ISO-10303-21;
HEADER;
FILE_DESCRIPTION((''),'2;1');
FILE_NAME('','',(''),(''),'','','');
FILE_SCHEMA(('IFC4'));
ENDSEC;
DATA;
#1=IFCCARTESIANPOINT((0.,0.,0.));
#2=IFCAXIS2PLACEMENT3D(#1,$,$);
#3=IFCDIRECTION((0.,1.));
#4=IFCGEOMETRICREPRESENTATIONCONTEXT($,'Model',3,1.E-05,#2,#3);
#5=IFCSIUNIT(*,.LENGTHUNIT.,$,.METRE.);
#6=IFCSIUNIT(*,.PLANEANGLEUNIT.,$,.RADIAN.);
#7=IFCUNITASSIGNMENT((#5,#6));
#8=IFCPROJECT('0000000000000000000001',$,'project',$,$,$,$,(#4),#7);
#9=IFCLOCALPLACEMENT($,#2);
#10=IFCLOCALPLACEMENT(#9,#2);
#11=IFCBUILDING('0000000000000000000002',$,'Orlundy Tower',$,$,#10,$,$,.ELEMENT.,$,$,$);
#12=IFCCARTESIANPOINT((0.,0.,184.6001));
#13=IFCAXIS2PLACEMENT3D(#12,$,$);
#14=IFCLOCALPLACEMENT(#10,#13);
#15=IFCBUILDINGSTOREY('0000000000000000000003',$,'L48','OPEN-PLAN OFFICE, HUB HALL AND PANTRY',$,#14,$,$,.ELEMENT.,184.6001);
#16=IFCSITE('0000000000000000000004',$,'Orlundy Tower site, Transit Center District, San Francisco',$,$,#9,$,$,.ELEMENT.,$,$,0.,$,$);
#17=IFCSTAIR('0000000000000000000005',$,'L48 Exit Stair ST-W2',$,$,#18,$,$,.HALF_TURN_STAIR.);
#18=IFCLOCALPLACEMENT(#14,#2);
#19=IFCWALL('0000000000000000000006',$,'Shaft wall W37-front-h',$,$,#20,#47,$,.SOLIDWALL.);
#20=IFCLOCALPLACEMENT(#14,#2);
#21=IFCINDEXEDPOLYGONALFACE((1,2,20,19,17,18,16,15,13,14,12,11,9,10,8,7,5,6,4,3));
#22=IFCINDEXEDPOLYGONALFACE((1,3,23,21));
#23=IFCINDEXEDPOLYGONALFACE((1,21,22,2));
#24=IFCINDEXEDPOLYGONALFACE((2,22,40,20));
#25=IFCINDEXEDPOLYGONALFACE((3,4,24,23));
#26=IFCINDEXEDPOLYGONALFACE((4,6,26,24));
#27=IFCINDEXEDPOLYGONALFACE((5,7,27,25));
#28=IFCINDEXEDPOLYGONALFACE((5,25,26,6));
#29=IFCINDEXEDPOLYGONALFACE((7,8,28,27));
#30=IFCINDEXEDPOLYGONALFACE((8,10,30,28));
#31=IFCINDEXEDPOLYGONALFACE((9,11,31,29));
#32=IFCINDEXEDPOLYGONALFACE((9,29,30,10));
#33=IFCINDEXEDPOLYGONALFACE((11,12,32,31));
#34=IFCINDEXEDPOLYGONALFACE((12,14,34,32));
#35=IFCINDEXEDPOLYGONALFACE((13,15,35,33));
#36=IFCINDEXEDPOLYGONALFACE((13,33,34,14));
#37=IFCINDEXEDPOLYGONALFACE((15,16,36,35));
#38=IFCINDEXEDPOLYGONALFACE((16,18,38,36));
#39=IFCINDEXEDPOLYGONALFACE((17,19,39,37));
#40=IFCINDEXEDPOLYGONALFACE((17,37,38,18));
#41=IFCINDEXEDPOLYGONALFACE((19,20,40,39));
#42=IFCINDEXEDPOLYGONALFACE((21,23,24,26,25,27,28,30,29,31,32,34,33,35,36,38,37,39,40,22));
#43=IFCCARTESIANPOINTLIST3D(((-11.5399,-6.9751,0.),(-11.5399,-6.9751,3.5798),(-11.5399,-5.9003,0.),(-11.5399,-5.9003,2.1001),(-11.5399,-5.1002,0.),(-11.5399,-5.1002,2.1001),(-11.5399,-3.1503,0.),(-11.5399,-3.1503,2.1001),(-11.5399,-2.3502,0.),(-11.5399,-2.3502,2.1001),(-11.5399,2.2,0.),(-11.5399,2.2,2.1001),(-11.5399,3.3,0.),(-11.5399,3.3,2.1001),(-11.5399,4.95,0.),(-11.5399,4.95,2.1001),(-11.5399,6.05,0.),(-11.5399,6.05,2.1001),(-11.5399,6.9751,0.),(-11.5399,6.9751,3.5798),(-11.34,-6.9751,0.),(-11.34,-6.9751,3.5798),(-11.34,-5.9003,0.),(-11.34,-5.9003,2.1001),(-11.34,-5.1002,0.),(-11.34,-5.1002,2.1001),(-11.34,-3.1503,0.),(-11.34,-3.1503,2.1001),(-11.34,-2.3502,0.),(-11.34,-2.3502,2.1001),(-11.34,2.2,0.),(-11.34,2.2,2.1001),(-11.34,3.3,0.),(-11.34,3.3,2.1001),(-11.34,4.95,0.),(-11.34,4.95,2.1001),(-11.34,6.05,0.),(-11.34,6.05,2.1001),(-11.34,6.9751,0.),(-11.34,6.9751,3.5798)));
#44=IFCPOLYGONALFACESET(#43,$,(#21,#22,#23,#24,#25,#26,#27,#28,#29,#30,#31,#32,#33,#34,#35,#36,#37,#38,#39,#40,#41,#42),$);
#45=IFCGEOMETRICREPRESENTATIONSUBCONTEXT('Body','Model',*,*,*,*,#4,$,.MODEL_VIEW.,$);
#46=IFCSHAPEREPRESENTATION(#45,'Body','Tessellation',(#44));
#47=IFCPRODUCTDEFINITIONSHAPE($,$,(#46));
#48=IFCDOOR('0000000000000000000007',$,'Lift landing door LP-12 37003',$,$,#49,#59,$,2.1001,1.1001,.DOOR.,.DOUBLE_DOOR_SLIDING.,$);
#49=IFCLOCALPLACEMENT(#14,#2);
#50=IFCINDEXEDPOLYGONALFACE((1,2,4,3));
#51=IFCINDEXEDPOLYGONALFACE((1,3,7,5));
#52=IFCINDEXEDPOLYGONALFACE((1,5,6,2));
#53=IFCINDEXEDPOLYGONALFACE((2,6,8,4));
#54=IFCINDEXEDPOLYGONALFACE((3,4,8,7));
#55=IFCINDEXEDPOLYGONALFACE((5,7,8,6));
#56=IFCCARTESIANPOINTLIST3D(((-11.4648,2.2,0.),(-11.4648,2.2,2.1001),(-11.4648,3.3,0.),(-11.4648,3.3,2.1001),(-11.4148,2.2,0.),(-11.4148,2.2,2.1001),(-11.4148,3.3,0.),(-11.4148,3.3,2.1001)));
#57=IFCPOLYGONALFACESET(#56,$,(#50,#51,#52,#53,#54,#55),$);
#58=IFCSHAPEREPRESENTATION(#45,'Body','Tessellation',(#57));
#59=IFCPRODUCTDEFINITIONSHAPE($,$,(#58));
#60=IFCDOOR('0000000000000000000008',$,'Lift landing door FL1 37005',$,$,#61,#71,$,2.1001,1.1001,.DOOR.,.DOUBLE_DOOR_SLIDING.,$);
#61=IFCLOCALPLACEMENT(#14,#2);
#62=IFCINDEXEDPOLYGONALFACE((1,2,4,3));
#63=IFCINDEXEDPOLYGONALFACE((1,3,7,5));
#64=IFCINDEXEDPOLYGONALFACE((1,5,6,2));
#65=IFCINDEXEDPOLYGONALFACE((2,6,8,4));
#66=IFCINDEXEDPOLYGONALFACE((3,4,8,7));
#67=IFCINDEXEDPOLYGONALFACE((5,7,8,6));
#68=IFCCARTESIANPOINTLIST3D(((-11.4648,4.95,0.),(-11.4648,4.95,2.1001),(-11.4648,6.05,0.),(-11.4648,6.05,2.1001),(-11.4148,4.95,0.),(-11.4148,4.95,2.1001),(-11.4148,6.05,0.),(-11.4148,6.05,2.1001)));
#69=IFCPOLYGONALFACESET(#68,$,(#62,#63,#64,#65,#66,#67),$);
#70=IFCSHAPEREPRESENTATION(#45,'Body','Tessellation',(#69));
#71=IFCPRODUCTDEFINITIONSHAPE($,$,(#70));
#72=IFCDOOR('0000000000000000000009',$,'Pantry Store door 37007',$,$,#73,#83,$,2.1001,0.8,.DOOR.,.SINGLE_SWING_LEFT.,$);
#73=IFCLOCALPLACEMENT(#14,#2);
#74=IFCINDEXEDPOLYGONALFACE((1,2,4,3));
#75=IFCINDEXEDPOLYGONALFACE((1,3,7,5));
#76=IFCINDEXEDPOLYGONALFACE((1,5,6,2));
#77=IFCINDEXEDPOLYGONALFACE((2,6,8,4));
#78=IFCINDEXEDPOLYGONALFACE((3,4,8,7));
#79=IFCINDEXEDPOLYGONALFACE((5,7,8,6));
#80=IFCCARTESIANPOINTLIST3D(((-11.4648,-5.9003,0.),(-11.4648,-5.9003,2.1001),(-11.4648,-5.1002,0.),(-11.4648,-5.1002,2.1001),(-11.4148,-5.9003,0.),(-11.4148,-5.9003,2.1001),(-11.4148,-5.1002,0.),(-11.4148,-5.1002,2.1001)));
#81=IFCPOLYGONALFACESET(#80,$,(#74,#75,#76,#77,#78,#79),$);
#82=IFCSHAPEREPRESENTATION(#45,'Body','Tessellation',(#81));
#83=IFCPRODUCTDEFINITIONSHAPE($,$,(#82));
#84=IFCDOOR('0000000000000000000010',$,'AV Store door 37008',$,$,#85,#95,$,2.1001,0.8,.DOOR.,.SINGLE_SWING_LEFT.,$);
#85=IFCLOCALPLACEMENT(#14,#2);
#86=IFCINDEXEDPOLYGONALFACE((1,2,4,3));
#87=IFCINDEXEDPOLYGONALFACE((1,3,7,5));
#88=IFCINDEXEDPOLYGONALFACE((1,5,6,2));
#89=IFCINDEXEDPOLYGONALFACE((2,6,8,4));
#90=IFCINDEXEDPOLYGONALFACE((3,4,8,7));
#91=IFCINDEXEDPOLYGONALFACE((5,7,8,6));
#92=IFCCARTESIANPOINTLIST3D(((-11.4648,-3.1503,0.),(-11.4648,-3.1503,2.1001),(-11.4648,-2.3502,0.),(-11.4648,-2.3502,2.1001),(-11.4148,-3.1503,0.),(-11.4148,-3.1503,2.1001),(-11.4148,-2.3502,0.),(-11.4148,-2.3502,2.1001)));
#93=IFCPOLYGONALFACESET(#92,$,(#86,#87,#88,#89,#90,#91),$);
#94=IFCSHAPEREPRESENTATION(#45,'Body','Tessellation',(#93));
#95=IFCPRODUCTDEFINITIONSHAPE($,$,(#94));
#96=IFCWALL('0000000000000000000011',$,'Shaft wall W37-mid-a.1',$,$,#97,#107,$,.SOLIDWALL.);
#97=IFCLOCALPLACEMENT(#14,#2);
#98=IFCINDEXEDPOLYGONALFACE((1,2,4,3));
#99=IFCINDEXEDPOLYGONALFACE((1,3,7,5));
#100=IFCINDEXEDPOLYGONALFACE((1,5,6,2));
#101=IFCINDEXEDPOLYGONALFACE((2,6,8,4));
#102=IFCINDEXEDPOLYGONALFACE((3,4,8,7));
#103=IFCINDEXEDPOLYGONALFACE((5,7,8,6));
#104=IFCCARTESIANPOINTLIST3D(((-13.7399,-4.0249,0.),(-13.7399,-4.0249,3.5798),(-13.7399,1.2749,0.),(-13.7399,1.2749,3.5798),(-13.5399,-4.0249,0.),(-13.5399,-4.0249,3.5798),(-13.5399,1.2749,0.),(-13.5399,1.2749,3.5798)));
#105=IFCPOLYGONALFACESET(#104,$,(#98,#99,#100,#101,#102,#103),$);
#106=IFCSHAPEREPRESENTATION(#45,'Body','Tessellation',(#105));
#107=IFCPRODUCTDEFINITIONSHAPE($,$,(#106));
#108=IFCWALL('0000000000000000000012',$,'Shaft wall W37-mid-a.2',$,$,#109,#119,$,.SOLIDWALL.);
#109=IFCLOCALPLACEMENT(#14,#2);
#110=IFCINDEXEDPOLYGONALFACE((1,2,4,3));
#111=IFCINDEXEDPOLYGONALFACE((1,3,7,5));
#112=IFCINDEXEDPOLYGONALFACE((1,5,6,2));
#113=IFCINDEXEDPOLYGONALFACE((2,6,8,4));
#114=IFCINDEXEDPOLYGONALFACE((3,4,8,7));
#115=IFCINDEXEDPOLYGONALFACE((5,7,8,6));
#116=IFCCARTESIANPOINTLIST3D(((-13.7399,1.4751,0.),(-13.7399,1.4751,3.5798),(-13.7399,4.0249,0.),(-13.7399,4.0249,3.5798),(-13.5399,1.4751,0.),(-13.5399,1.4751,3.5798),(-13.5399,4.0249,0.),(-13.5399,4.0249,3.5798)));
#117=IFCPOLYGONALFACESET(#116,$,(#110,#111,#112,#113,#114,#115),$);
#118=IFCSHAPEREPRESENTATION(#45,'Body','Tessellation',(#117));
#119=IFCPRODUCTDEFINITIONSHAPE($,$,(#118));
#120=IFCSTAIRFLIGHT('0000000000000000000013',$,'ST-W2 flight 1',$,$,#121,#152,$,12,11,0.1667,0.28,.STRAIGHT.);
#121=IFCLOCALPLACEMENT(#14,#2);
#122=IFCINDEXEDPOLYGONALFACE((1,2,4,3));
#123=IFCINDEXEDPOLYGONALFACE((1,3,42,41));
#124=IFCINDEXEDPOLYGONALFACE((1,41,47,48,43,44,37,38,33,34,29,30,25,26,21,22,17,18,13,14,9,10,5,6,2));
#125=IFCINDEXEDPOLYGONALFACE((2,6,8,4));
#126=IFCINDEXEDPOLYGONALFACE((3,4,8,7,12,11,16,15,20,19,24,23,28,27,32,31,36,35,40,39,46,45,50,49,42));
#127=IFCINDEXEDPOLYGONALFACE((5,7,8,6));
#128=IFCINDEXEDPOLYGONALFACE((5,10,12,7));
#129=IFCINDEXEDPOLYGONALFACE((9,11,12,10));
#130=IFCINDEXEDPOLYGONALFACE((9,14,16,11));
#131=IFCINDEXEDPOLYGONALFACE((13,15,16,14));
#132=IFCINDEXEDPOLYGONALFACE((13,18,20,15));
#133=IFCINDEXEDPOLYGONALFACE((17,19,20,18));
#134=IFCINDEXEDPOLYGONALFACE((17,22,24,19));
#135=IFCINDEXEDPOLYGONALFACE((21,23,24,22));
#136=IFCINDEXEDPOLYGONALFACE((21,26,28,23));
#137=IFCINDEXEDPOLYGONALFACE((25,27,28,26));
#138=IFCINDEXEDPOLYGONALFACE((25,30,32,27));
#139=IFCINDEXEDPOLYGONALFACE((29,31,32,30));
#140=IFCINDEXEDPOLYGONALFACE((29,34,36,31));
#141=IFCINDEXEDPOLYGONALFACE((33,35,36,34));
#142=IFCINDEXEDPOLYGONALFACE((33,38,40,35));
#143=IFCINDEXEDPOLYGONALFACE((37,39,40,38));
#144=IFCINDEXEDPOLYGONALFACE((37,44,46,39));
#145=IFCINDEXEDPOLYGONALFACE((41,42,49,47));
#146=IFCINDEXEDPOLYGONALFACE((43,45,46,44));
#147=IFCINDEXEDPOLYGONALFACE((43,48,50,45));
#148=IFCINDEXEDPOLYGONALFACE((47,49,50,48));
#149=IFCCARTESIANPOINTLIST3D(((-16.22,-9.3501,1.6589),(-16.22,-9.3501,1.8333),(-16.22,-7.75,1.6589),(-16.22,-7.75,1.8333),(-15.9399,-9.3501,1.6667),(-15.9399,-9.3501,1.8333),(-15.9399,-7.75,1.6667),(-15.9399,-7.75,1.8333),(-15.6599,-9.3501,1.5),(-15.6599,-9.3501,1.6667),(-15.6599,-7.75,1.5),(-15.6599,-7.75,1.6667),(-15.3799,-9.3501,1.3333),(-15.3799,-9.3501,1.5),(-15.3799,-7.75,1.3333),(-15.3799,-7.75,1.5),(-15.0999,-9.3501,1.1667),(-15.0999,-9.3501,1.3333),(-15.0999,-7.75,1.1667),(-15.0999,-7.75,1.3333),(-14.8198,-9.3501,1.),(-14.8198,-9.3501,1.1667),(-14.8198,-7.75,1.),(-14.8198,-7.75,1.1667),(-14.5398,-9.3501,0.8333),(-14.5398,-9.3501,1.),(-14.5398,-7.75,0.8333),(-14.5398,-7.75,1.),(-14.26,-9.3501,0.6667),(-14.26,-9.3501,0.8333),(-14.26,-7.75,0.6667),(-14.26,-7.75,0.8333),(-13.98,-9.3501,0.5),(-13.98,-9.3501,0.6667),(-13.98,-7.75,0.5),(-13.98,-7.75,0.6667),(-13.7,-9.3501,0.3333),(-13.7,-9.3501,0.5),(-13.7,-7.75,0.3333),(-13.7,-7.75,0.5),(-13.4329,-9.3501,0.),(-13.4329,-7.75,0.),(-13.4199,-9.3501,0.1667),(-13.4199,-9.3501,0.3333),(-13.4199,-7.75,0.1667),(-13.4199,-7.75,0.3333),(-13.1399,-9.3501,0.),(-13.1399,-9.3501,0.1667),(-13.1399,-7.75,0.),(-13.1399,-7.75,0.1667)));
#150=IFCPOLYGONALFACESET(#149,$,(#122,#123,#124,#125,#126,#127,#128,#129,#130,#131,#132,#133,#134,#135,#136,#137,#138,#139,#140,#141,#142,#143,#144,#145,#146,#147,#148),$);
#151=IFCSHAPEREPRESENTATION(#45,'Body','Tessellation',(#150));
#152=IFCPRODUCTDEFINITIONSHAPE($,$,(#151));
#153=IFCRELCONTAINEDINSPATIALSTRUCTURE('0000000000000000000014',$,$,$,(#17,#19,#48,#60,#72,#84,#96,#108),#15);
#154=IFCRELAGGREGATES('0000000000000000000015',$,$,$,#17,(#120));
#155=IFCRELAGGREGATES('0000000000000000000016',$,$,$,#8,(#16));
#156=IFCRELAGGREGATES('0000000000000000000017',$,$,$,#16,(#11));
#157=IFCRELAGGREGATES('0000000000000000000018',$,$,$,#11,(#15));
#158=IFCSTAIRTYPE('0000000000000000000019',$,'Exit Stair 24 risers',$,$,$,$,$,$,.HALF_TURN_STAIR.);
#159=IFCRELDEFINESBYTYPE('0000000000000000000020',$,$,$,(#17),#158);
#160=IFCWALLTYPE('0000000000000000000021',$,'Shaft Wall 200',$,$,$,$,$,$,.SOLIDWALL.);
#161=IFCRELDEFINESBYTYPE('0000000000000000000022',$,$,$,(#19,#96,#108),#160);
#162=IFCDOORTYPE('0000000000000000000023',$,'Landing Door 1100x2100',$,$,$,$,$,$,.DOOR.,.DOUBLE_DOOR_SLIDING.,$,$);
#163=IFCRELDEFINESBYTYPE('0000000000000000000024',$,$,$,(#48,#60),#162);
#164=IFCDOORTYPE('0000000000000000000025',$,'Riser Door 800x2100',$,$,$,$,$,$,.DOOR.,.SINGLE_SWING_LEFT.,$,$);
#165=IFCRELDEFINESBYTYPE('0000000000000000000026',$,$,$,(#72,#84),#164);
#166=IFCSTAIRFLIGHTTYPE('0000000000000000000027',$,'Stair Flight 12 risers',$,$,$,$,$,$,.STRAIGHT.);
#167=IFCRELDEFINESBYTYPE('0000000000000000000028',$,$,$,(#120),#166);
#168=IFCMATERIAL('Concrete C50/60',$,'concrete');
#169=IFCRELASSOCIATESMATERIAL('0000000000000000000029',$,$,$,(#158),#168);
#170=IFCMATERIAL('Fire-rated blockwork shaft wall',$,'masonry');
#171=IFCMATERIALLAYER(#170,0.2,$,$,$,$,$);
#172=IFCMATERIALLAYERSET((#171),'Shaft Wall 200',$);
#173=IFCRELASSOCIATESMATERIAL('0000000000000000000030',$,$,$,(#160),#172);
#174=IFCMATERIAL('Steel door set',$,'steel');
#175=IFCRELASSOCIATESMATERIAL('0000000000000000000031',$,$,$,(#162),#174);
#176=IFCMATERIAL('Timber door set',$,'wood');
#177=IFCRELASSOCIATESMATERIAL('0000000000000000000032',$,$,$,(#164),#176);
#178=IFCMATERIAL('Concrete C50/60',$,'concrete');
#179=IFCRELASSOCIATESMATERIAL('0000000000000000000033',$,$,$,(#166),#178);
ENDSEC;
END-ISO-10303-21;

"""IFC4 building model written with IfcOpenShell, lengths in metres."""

from ifc_helpers import new_model, si_unit, direction, frame, frame_2d, origin, place, context, subcontext, project, spatial, polyline, rectangle, outline, extrude, material, layer, layer_set, type_object, element, fill, aggregate, save


model = new_model("IFC4")

# Units and contexts
model_context = context("Model", 3, precision=1e-05, world=origin(), true_north=direction((0.0, 1.0)))
body_context = subcontext(model_context, "Body", "Model", "MODEL_VIEW")
ifc_project = project(units=[si_unit("LENGTHUNIT", "METRE"), si_unit("PLANEANGLEUNIT", "RADIAN")], contexts=[model_context])

# Site, building, storey
site_placement = place(None, origin())
site = spatial("IfcSite", under=ifc_project, at=site_placement, Name="Orlundy Tower site, Transit Center District, San Francisco", CompositionType="ELEMENT", RefElevation=0.0)
building_placement = place(site_placement, origin())
building = spatial("IfcBuilding", under=site, at=building_placement, Name="Orlundy Tower", CompositionType="ELEMENT")
storey_placement = place(building_placement, frame((0.0, 0.0, 184.6001)))
storey = spatial("IfcBuildingStorey", under=building, at=storey_placement, Name="L48", Description="OPEN-PLAN OFFICE, HUB HALL AND PANTRY", CompositionType="ELEMENT", Elevation=184.6001)

# Stair
ifc_material_1 = material(Name="Concrete C50/60", Category="concrete")
stair_type = type_object("IfcStairType", Name="Exit Stair 24 risers", PredefinedType="HALF_TURN_STAIR", material=ifc_material_1)
stair_1_placement = place(storey_placement, origin())
stair_1 = element("IfcStair", 1, at=stair_1_placement, inside=storey, type_object=stair_type, Name="L48 Exit Stair ST-W2", PredefinedType="HALF_TURN_STAIR")

# Shared definitions
ifc_material_2 = material(Name="Fire-rated blockwork shaft wall", Category="masonry")
ifc_layer_1 = layer(ifc_material_2, 0.2)
ifc_layer_set_1 = layer_set([ifc_layer_1], Name="Shaft Wall 200")
wall_type_1 = type_object("IfcWallType", Name="Shaft Wall 200", PredefinedType="SOLIDWALL", material=ifc_layer_set_1)

# Wall, openings, doors
wall_1_placement = place(storey_placement, frame((-11.4399, -6.9751, 0.0), z_axis=(0.0, 0.0, 1.0), x_axis=(0.0, 1.0, 0.0)))
wall_1 = element("IfcWall", 2, at=wall_1_placement, inside=storey, type_object=wall_type_1, Name="Shaft wall W37-front-h", PredefinedType="SOLIDWALL", context=body_context, shape_type="SweptSolid", body=[
    extrude(rectangle(XDim=13.9502, YDim=0.2, at=frame_2d((6.9751, 0.0))), origin(), (0.0, 0.0, 1.0), 3.5798),
])
opening_1_placement = place(wall_1_placement, frame((9.175, 0.0, 0.0)))
opening_1 = element("IfcOpeningElement", 3, at=opening_1_placement, cuts=wall_1, PredefinedType="OPENING", context=body_context, shape_type="SweptSolid", body=[
    extrude(rectangle(XDim=1.1001, YDim=2.1001, at=frame_2d((0.55, 1.05))), frame((0.0, 0.1101, 0.0), z_axis=(0.0, -1.0, 0.0), x_axis=(1.0, 0.0, 0.0)), (0.0, 0.0, 1.0), 0.2202),
])
opening_2_placement = place(wall_1_placement, frame((11.925, 0.0, 0.0)))
opening_2 = element("IfcOpeningElement", 4, at=opening_2_placement, cuts=wall_1, PredefinedType="OPENING", context=body_context, shape_type="SweptSolid", body=[
    extrude(rectangle(XDim=1.1001, YDim=2.1001, at=frame_2d((0.55, 1.05))), frame((0.0, 0.1101, 0.0), z_axis=(0.0, -1.0, 0.0), x_axis=(1.0, 0.0, 0.0)), (0.0, 0.0, 1.0), 0.2202),
])
opening_3_placement = place(wall_1_placement, frame((1.075, 0.0, 0.0)))
opening_3 = element("IfcOpeningElement", 5, at=opening_3_placement, cuts=wall_1, PredefinedType="OPENING", context=body_context, shape_type="SweptSolid", body=[
    extrude(rectangle(XDim=0.8, YDim=2.1001, at=frame_2d((0.3999, 1.05))), frame((0.0, 0.1101, 0.0), z_axis=(0.0, -1.0, 0.0), x_axis=(1.0, 0.0, 0.0)), (0.0, 0.0, 1.0), 0.2202),
])
opening_4_placement = place(wall_1_placement, frame((3.825, 0.0, 0.0)))
opening_4 = element("IfcOpeningElement", 6, at=opening_4_placement, cuts=wall_1, PredefinedType="OPENING", context=body_context, shape_type="SweptSolid", body=[
    extrude(rectangle(XDim=0.8, YDim=2.1001, at=frame_2d((0.3999, 1.05))), frame((0.0, 0.1101, 0.0), z_axis=(0.0, -1.0, 0.0), x_axis=(1.0, 0.0, 0.0)), (0.0, 0.0, 1.0), 0.2202),
])
ifc_material_3 = material(Name="Steel door set", Category="steel")
door_type_1 = type_object("IfcDoorType", Name="Landing Door 1100x2100", OperationType="DOUBLE_DOOR_SLIDING", PredefinedType="DOOR", material=ifc_material_3)
door_1_placement = place(opening_1_placement, origin())
door_1 = element("IfcDoor", 7, at=door_1_placement, inside=storey, type_object=door_type_1, Name="Lift landing door LP-12 37003", OperationType="DOUBLE_DOOR_SLIDING", OverallHeight=2.1001, OverallWidth=1.1001, PredefinedType="DOOR", context=body_context, shape_type="SweptSolid", body=[
    extrude(rectangle(XDim=1.1001, YDim=2.1001, at=frame_2d((0.55, 1.05))), frame((0.0, 0.0249, 0.0), z_axis=(0.0, -1.0, 0.0), x_axis=(1.0, 0.0, 0.0)), (0.0, 0.0, 1.0), 0.05),
])
fill(opening_1, door_1)
door_2_placement = place(opening_2_placement, origin())
door_2 = element("IfcDoor", 8, at=door_2_placement, inside=storey, type_object=door_type_1, Name="Lift landing door FL1 37005", OperationType="DOUBLE_DOOR_SLIDING", OverallHeight=2.1001, OverallWidth=1.1001, PredefinedType="DOOR", context=body_context, shape_type="SweptSolid", body=[
    extrude(rectangle(XDim=1.1001, YDim=2.1001, at=frame_2d((0.55, 1.05))), frame((0.0, 0.0249, 0.0), z_axis=(0.0, -1.0, 0.0), x_axis=(1.0, 0.0, 0.0)), (0.0, 0.0, 1.0), 0.05),
])
fill(opening_2, door_2)
ifc_material_4 = material(Name="Timber door set", Category="wood")
door_type_2 = type_object("IfcDoorType", Name="Riser Door 800x2100", OperationType="SINGLE_SWING_LEFT", PredefinedType="DOOR", material=ifc_material_4)
door_3_placement = place(opening_3_placement, origin())
door_3 = element("IfcDoor", 9, at=door_3_placement, inside=storey, type_object=door_type_2, Name="Pantry Store door 37007", OperationType="SINGLE_SWING_LEFT", OverallHeight=2.1001, OverallWidth=0.8, PredefinedType="DOOR", context=body_context, shape_type="SweptSolid", body=[
    extrude(rectangle(XDim=0.8, YDim=2.1001, at=frame_2d((0.3999, 1.05))), frame((0.0, 0.0249, 0.0), z_axis=(0.0, -1.0, 0.0), x_axis=(1.0, 0.0, 0.0)), (0.0, 0.0, 1.0), 0.05),
])
fill(opening_3, door_3)
door_4_placement = place(opening_4_placement, origin())
door_4 = element("IfcDoor", 10, at=door_4_placement, inside=storey, type_object=door_type_2, Name="AV Store door 37008", OperationType="SINGLE_SWING_LEFT", OverallHeight=2.1001, OverallWidth=0.8, PredefinedType="DOOR", context=body_context, shape_type="SweptSolid", body=[
    extrude(rectangle(XDim=0.8, YDim=2.1001, at=frame_2d((0.3999, 1.05))), frame((0.0, 0.0249, 0.0), z_axis=(0.0, -1.0, 0.0), x_axis=(1.0, 0.0, 0.0)), (0.0, 0.0, 1.0), 0.05),
])
fill(opening_4, door_4)

# Walls
wall_2_placement = place(storey_placement, frame((-13.6399, -4.0249, 0.0), z_axis=(0.0, 0.0, 1.0), x_axis=(0.0, 1.0, 0.0)))
element("IfcWall", 11, at=wall_2_placement, inside=storey, type_object=wall_type_1, Name="Shaft wall W37-mid-a.1", PredefinedType="SOLIDWALL", context=body_context, shape_type="SweptSolid", body=[
    extrude(rectangle(XDim=5.2998, YDim=0.2, at=frame_2d((2.6499, 0.0))), origin(), (0.0, 0.0, 1.0), 3.5798),
])
wall_3_placement = place(storey_placement, frame((-13.6399, 1.4751, 0.0), z_axis=(0.0, 0.0, 1.0), x_axis=(0.0, 1.0, 0.0)))
element("IfcWall", 12, at=wall_3_placement, inside=storey, type_object=wall_type_1, Name="Shaft wall W37-mid-a.2", PredefinedType="SOLIDWALL", context=body_context, shape_type="SweptSolid", body=[
    extrude(rectangle(XDim=2.5498, YDim=0.2, at=frame_2d((1.2749, 0.0))), origin(), (0.0, 0.0, 1.0), 3.5798),
])

# Stair flight
ifc_material_5 = material(Name="Concrete C50/60", Category="concrete")
stair_flight_type = type_object("IfcStairFlightType", Name="Stair Flight 12 risers", PredefinedType="STRAIGHT", material=ifc_material_5)
stair_flight_placement = place(storey_placement, frame((-13.1399, -8.55, 0.0), z_axis=(0.0, 0.0, 1.0), x_axis=(-1.0, 0.0, 0.0)))
stair_flight = element("IfcStairFlight", 13, at=stair_flight_placement, type_object=stair_flight_type, Name="ST-W2 flight 1", NumberOfRisers=12, NumberOfTreads=11, PredefinedType="STRAIGHT", RiserHeight=0.1667, TreadLength=0.28, context=body_context, shape_type="SweptSolid", body=[
    extrude(outline(polyline([(0.0, 0.0), (0.0, 0.1667), (0.28, 0.1667), (0.28, 0.3333), (0.5601, 0.3333), (0.5601, 0.5), (0.8401, 0.5), (0.8401, 0.6667), (1.1201, 0.6667), (1.1201, 0.8333), (1.3999, 0.8333), (1.3999, 1.0), (1.6799, 1.0), (1.6799, 1.1667), (1.96, 1.1667), (1.96, 1.3333), (2.24, 1.3333), (2.24, 1.5), (2.52, 1.5), (2.52, 1.6667), (2.8, 1.6667), (2.8, 1.8333), (3.0801, 1.8333), (3.0801, 2.0), (3.0801, 1.6589), (0.293, 0.0), (0.0, 0.0)])), frame((0.0, 0.8, 0.0), z_axis=(0.0, -1.0, 0.0), x_axis=(1.0, 0.0, 0.0)), (0.0, 0.0, 1.0), 1.6001),
])
aggregate(stair_1, [stair_flight])

save(model, "model.ifc")
